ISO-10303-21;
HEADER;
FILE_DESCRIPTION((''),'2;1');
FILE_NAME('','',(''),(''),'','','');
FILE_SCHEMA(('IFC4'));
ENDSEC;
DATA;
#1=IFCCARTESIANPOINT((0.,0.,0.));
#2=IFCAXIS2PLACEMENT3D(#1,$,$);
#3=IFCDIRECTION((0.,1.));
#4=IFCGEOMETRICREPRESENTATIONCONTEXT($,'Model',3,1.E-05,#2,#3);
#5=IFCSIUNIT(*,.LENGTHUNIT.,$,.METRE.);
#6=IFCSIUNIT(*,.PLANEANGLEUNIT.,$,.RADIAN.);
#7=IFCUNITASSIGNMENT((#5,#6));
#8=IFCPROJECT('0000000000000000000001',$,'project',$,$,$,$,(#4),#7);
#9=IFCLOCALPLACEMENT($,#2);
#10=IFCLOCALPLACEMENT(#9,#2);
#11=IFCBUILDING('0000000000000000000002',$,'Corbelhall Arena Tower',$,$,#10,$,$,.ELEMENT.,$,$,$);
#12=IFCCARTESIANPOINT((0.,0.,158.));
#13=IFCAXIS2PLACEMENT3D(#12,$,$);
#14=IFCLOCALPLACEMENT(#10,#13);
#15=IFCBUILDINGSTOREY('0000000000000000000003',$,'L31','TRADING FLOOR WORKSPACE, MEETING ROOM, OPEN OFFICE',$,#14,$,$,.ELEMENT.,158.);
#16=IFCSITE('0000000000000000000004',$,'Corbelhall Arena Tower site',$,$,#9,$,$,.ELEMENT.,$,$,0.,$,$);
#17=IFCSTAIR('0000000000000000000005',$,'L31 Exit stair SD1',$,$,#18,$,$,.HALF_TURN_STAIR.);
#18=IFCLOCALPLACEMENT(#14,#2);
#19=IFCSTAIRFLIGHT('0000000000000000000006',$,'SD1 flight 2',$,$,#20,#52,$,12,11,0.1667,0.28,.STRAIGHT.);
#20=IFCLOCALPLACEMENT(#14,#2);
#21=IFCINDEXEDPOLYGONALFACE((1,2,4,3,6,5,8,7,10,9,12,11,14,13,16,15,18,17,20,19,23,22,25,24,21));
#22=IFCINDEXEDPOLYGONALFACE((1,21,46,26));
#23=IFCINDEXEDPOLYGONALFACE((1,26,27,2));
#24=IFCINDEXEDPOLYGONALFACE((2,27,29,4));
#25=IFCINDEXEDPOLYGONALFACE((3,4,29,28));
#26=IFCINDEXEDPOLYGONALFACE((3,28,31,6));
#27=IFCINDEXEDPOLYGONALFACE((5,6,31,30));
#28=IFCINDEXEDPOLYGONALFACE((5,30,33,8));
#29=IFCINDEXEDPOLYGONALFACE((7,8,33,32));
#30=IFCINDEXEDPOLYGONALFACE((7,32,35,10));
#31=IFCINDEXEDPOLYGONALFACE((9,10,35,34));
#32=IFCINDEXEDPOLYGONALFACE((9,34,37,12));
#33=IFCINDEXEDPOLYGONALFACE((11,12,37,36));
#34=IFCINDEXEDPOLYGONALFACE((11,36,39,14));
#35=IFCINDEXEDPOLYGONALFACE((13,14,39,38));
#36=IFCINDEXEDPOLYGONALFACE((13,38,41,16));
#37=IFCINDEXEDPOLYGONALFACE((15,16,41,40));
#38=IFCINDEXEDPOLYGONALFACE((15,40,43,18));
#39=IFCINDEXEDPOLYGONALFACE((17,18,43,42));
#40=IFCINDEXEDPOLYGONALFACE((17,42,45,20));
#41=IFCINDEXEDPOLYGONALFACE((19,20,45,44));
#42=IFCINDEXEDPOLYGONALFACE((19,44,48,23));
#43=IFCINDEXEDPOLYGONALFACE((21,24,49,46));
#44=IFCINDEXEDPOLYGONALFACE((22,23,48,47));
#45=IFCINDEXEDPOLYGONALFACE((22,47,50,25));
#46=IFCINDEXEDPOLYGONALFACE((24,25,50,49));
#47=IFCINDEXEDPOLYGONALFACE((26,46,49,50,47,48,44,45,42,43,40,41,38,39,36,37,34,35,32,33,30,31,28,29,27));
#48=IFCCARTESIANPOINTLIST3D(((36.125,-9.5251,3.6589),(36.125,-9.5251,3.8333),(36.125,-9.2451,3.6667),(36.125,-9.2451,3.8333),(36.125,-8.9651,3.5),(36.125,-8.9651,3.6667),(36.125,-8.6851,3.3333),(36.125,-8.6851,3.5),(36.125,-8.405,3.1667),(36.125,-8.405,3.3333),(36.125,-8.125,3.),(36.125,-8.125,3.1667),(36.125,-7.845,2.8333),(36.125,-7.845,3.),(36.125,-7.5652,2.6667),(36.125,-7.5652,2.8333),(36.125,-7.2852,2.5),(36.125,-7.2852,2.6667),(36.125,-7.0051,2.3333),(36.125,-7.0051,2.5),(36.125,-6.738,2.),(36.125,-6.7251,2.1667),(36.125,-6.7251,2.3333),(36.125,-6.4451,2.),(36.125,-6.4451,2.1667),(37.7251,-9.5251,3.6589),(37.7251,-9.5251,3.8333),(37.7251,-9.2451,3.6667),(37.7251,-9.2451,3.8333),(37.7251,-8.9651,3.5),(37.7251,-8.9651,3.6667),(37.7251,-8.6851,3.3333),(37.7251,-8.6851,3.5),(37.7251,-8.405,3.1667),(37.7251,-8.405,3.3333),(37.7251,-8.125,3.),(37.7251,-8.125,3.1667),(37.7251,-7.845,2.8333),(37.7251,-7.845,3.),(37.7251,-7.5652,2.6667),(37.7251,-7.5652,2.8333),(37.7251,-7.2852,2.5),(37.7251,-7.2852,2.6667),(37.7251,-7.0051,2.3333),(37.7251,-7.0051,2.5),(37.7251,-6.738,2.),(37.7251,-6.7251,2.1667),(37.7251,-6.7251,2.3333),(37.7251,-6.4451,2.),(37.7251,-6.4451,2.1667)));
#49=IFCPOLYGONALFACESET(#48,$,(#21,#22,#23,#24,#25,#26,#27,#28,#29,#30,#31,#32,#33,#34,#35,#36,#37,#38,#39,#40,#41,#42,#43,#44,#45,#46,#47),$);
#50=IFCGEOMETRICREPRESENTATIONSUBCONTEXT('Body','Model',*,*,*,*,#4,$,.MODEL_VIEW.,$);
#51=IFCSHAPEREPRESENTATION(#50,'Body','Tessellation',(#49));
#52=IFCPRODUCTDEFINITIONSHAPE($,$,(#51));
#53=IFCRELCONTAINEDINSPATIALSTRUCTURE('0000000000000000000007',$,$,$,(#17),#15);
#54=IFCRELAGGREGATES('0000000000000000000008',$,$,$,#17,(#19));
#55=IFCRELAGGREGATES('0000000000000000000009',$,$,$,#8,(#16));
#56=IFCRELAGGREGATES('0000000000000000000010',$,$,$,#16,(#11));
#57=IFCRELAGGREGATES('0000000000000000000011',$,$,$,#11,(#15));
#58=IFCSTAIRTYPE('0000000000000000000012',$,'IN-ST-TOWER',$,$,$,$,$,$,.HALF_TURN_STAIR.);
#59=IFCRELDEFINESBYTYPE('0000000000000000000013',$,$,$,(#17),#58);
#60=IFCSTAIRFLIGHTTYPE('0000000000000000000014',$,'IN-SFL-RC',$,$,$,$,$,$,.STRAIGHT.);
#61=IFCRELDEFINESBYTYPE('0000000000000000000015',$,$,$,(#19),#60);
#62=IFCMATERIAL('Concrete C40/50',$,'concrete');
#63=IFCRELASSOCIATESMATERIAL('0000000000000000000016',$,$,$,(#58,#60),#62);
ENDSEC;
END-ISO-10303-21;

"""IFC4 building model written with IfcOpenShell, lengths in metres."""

from ifc_helpers import new_model, si_unit, direction, frame, origin, place, context, subcontext, project, spatial, polyline, outline, extrude, material, type_object, element, aggregate, save


model = new_model("IFC4")

# Units and contexts
model_context = context("Model", 3, precision=1e-05, world=origin(), true_north=direction((0.0, 1.0)))
body_context = subcontext(model_context, "Body", "Model", "MODEL_VIEW")
ifc_project = project(units=[si_unit("LENGTHUNIT", "METRE"), si_unit("PLANEANGLEUNIT", "RADIAN")], contexts=[model_context])

# Site, building, storey
site_placement = place(None, origin())
site = spatial("IfcSite", under=ifc_project, at=site_placement, Name="Corbelhall Arena Tower site", CompositionType="ELEMENT", RefElevation=0.0)
building_placement = place(site_placement, origin())
building = spatial("IfcBuilding", under=site, at=building_placement, Name="Corbelhall Arena Tower", CompositionType="ELEMENT")
storey_placement = place(building_placement, frame((0.0, 0.0, 158.0)))
storey = spatial("IfcBuildingStorey", under=building, at=storey_placement, Name="L31", Description="TRADING FLOOR WORKSPACE, MEETING ROOM, OPEN OFFICE", CompositionType="ELEMENT", Elevation=158.0)

# Shared definitions
ifc_material_1 = material(Name="Concrete C40/50", Category="concrete")

# Stair, stair flight
stair_type = type_object("IfcStairType", Name="IN-ST-TOWER", PredefinedType="HALF_TURN_STAIR", material=ifc_material_1)
stair_placement = place(storey_placement, origin())
stair = element("IfcStair", 1, at=stair_placement, inside=storey, type_object=stair_type, Name="L31 Exit stair SD1", PredefinedType="HALF_TURN_STAIR")
stair_flight_type = type_object("IfcStairFlightType", Name="IN-SFL-RC", PredefinedType="STRAIGHT", material=ifc_material_1)
stair_flight_1_placement = place(storey_placement, frame((36.925, -6.4451, 2.0), z_axis=(0.0, 0.0, 1.0), x_axis=(0.0, -1.0, 0.0)))
stair_flight_1 = element("IfcStairFlight", 2, at=stair_flight_1_placement, type_object=stair_flight_type, Name="SD1 flight 2", NumberOfRisers=12, NumberOfTreads=11, PredefinedType="STRAIGHT", RiserHeight=0.1667, TreadLength=0.28, context=body_context, shape_type="SweptSolid", body=[
    extrude(outline(polyline([(0.0, 0.0), (0.0, 0.1667), (0.28, 0.1667), (0.28, 0.3333), (0.5601, 0.3333), (0.5601, 0.5), (0.8401, 0.5), (0.8401, 0.6667), (1.1201, 0.6667), (1.1201, 0.8333), (1.3999, 0.8333), (1.3999, 1.0), (1.6799, 1.0), (1.6799, 1.1667), (1.96, 1.1667), (1.96, 1.3333), (2.24, 1.3333), (2.24, 1.5), (2.52, 1.5), (2.52, 1.6667), (2.8, 1.6667), (2.8, 1.8333), (3.0801, 1.8333), (3.0801, 2.0), (3.0801, 1.6589), (0.293, 0.0), (0.0, 0.0)])), frame((0.0, 0.8, 0.0), z_axis=(0.0, -1.0, 0.0), x_axis=(1.0, 0.0, 0.0)), (0.0, 0.0, 1.0), 1.6001),
])
aggregate(stair, [stair_flight_1])

save(model, "model.ifc")
